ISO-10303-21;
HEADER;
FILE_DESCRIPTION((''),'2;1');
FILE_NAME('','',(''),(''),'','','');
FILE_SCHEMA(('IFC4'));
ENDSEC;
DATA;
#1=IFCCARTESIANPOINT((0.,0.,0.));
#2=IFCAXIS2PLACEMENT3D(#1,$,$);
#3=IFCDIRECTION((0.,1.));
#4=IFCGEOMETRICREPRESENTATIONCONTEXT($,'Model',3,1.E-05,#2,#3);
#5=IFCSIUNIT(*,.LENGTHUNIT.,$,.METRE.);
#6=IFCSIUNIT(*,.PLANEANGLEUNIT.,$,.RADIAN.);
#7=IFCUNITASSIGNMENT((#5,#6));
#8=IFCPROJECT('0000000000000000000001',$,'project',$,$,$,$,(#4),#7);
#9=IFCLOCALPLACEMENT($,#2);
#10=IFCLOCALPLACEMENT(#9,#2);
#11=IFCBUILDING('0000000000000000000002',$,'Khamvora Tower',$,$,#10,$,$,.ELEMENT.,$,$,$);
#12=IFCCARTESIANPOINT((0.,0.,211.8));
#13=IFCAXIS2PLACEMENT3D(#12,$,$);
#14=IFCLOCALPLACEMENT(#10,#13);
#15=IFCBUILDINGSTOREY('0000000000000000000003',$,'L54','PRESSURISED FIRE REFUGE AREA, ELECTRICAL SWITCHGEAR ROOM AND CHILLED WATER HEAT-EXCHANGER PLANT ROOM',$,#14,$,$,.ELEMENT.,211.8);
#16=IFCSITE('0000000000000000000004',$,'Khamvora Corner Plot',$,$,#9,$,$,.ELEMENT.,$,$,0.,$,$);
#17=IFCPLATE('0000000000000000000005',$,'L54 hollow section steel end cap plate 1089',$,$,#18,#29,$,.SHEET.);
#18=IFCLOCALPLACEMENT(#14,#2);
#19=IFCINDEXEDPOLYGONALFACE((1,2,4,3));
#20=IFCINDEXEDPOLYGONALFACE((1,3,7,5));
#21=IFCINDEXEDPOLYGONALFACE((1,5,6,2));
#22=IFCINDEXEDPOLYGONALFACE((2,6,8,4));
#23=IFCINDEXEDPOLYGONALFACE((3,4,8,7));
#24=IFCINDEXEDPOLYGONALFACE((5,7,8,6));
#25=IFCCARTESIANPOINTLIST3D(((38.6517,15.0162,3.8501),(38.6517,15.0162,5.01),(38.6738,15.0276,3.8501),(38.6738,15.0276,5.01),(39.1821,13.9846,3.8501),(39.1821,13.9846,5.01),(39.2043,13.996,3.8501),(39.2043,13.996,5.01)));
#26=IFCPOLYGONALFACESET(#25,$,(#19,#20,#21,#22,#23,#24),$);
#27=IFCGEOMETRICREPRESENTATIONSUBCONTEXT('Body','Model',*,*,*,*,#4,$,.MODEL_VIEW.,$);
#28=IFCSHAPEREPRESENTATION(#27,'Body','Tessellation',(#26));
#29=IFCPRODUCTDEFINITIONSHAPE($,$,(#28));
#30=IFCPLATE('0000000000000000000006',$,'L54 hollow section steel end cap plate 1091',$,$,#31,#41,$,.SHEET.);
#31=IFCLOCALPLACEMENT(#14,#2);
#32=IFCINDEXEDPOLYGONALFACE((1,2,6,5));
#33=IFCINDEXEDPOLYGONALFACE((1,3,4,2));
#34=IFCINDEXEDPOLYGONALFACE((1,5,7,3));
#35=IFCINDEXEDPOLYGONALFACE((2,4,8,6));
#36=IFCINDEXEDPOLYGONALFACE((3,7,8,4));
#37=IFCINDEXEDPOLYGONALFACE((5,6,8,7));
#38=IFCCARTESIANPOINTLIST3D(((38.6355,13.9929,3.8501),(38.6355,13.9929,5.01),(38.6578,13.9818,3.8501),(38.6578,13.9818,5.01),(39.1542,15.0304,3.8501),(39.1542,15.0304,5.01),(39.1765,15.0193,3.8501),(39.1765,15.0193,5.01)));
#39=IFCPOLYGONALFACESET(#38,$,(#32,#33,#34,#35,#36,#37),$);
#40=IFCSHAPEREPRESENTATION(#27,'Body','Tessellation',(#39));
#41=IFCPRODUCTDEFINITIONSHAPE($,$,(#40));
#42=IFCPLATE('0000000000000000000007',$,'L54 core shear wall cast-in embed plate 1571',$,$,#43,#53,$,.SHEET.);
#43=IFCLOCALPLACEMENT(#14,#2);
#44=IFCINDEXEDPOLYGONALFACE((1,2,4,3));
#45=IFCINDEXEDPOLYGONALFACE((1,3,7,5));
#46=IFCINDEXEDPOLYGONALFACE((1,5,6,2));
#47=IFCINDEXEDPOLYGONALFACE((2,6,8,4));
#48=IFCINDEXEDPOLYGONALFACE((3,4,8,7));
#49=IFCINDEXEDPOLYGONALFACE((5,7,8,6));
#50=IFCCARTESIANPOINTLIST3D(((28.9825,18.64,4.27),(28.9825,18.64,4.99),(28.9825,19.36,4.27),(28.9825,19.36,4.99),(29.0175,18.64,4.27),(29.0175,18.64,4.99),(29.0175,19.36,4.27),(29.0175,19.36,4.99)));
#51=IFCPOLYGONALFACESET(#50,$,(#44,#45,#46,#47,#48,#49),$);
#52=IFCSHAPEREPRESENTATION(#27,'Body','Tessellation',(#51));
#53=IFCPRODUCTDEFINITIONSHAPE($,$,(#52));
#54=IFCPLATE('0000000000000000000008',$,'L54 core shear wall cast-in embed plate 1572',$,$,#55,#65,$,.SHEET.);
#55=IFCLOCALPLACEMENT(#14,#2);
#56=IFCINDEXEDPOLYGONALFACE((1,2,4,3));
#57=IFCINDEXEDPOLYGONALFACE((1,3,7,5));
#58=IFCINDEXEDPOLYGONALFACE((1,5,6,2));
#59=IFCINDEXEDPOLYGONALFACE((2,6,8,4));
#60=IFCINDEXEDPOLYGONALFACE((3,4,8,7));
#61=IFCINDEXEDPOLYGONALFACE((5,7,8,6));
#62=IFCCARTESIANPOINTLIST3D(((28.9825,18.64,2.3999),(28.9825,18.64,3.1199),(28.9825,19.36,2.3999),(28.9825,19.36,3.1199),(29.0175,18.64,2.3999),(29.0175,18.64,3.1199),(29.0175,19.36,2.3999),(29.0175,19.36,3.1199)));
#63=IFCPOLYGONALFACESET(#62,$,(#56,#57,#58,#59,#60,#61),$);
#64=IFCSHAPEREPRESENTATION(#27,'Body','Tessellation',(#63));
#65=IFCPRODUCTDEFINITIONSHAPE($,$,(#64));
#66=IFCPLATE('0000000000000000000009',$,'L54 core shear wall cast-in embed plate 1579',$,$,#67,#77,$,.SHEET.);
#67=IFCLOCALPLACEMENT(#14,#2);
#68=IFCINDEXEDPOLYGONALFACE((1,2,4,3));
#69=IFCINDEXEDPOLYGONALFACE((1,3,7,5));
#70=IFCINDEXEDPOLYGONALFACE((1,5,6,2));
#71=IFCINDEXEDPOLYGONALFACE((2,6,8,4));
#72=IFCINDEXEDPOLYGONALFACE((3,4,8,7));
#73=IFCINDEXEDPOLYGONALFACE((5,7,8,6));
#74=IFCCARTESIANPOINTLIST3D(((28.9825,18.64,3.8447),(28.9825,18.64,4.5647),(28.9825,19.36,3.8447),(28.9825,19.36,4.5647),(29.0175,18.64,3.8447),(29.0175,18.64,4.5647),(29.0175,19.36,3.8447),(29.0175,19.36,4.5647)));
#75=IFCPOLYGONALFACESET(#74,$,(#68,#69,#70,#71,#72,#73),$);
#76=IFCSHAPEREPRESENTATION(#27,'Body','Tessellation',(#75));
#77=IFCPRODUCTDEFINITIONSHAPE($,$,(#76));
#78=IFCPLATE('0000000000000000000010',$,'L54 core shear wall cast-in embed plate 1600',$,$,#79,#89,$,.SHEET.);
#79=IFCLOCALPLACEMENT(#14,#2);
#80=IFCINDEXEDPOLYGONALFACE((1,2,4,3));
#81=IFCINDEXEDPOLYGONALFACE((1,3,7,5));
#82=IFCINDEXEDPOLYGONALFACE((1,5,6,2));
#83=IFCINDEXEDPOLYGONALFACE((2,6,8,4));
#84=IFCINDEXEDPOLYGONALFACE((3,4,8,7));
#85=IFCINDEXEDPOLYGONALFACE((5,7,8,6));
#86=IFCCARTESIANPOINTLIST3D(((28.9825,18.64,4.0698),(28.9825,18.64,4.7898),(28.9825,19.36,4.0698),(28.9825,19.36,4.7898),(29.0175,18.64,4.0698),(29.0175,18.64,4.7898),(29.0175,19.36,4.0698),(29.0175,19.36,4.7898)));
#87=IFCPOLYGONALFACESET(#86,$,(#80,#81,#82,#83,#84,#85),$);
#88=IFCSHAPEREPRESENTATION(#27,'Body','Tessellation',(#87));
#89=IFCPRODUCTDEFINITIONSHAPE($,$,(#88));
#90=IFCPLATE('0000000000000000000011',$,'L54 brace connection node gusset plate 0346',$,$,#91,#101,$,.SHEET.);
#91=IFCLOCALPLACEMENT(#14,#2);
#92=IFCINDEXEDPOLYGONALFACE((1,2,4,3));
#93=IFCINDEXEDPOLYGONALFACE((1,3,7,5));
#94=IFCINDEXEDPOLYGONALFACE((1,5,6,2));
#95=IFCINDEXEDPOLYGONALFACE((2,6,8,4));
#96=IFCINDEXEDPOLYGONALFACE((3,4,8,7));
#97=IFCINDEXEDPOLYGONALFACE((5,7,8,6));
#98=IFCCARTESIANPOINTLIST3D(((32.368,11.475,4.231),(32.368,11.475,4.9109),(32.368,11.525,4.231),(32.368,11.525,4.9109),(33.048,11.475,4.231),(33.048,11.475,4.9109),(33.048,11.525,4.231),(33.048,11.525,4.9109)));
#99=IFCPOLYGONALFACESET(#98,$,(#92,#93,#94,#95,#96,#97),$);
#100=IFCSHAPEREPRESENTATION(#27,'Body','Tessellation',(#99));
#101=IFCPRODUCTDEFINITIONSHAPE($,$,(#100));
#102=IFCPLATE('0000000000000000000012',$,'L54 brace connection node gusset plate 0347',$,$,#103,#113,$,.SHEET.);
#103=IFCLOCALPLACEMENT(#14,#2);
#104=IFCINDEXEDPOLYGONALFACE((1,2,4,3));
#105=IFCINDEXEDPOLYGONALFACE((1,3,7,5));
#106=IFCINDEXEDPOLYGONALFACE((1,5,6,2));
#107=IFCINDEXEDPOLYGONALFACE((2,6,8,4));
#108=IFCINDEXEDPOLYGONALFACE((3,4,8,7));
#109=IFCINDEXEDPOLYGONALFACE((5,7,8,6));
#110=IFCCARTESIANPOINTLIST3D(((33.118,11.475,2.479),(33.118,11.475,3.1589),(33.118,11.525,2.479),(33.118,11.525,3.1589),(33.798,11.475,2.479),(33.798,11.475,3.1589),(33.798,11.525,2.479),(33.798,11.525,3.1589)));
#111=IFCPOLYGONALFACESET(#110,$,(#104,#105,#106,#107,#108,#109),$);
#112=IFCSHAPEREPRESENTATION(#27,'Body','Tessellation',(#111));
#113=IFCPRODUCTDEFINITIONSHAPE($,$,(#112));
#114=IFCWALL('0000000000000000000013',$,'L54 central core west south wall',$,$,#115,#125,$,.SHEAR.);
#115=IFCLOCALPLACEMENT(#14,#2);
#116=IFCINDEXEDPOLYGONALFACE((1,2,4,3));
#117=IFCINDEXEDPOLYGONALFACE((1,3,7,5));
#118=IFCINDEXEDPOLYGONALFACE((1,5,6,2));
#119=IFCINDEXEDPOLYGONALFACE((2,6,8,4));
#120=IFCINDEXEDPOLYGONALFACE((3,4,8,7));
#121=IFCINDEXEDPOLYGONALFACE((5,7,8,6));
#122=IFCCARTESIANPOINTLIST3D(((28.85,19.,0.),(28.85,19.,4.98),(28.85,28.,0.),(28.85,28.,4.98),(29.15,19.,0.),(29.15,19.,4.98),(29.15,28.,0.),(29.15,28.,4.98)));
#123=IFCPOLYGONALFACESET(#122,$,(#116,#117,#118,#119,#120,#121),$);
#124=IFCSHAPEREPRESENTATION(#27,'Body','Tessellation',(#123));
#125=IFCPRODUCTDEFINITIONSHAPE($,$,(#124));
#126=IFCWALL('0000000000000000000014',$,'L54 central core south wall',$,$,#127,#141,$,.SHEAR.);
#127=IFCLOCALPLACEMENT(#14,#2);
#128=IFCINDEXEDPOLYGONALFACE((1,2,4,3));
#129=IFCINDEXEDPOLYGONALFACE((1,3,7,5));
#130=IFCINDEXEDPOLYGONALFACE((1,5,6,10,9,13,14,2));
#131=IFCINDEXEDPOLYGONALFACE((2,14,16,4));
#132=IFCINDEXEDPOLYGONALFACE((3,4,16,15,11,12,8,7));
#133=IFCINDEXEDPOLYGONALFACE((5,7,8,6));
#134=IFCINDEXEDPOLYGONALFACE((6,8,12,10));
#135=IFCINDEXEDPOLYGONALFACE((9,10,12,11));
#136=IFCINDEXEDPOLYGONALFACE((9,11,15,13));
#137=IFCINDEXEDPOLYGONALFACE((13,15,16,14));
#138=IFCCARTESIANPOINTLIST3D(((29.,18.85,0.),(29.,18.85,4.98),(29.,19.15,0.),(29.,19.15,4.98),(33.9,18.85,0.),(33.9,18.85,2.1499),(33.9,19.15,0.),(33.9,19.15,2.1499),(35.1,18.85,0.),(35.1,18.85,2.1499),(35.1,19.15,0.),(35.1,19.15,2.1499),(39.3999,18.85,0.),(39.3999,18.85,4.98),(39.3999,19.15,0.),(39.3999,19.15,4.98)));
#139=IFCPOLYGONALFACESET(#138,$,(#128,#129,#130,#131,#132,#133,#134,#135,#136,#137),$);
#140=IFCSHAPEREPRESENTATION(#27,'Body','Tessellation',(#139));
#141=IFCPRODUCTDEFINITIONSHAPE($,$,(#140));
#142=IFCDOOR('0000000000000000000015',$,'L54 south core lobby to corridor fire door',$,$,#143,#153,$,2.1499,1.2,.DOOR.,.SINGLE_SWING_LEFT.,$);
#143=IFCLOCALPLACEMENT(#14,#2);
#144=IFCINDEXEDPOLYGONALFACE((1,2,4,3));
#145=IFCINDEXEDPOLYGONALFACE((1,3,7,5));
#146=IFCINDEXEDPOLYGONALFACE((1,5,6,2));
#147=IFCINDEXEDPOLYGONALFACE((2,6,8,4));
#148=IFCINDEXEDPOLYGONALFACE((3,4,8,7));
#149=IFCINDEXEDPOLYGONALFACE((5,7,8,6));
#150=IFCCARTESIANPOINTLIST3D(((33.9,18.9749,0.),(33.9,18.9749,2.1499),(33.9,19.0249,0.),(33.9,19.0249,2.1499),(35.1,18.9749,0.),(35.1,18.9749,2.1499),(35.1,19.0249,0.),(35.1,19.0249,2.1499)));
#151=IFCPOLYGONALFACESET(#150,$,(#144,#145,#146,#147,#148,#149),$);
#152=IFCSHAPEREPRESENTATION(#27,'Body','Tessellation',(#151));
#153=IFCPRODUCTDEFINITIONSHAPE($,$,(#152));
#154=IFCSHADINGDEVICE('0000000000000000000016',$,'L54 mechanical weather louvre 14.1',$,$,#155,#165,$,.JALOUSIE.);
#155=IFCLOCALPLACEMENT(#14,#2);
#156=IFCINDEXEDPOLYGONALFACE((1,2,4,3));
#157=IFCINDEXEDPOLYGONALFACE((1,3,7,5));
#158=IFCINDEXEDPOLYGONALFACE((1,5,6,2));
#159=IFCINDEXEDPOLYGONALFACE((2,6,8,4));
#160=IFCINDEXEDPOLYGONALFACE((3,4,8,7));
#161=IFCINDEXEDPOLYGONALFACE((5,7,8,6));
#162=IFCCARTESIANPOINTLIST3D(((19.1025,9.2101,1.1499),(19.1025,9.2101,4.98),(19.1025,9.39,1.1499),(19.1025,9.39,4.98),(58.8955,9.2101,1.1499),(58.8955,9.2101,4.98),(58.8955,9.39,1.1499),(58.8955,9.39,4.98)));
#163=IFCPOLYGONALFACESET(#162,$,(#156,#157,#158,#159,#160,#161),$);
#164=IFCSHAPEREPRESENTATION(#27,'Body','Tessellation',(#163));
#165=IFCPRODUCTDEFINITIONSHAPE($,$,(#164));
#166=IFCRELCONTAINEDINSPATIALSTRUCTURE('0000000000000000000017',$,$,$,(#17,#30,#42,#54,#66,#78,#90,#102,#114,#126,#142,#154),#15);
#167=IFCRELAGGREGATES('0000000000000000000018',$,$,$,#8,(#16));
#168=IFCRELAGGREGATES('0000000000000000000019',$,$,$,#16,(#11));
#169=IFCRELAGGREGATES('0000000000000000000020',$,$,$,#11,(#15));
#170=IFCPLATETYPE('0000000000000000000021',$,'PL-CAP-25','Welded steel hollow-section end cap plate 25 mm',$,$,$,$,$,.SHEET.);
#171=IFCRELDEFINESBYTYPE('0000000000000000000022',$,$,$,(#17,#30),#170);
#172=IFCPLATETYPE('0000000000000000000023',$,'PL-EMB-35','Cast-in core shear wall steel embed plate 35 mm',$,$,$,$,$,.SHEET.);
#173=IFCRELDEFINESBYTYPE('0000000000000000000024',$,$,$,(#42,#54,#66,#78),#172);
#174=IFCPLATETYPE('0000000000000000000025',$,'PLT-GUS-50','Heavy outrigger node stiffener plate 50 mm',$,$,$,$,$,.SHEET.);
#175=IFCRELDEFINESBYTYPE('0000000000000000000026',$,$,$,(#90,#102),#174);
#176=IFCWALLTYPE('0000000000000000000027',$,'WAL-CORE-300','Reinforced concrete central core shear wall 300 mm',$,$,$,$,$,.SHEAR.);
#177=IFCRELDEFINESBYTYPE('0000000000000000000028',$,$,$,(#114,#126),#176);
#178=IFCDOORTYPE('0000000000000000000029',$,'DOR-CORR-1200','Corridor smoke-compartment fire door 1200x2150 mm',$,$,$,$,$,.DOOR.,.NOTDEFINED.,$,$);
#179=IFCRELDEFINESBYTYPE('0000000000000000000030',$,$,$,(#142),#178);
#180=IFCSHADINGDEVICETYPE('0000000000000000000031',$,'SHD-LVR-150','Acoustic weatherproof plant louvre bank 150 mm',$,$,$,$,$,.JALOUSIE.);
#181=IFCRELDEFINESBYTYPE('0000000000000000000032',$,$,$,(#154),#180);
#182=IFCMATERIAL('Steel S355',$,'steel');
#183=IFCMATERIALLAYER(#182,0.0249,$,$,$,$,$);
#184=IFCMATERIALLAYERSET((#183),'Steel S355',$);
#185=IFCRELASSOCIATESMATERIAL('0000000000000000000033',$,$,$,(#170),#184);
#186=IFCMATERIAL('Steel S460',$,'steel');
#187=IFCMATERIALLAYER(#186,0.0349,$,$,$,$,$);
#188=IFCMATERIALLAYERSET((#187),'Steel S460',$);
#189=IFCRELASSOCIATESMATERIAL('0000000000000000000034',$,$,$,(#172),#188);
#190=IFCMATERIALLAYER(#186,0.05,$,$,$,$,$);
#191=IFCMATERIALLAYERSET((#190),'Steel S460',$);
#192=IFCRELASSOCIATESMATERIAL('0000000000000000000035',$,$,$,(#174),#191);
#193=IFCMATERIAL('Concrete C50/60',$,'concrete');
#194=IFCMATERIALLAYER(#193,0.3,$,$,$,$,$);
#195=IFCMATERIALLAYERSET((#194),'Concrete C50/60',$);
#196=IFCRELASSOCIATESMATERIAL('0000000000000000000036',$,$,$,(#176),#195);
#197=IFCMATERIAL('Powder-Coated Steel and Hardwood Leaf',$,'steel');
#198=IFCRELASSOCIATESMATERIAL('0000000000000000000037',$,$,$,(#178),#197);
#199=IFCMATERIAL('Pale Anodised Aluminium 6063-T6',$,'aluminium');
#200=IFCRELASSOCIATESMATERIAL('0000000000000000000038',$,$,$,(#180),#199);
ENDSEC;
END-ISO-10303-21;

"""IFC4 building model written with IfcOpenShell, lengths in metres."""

from ifc_helpers import new_model, si_unit, direction, frame, frame_2d, origin, origin_2d, place, context, subcontext, project, spatial, rectangle, extrude, material, layer, layer_set, type_object, element, fill, save


model = new_model("IFC4")

# Units and contexts
model_context = context("Model", 3, precision=1e-05, world=origin(), true_north=direction((0.0, 1.0)))
body_context = subcontext(model_context, "Body", "Model", "MODEL_VIEW")
ifc_project = project(units=[si_unit("LENGTHUNIT", "METRE"), si_unit("PLANEANGLEUNIT", "RADIAN")], contexts=[model_context])

# Site, building, storey
site_placement = place(None, origin())
site = spatial("IfcSite", under=ifc_project, at=site_placement, Name="Khamvora Corner Plot", CompositionType="ELEMENT", RefElevation=0.0)
building_placement = place(site_placement, origin())
building = spatial("IfcBuilding", under=site, at=building_placement, Name="Khamvora Tower", CompositionType="ELEMENT")
storey_placement = place(building_placement, frame((0.0, 0.0, 211.8)))
storey = spatial("IfcBuildingStorey", under=building, at=storey_placement, Name="L54", Description="PRESSURISED FIRE REFUGE AREA, ELECTRICAL SWITCHGEAR ROOM AND CHILLED WATER HEAT-EXCHANGER PLANT ROOM", CompositionType="ELEMENT", Elevation=211.8)

# Shared definitions
ifc_material_1 = material(Name="Steel S355", Category="steel")

# Shared definitions
ifc_material_2 = material(Name="Steel S460", Category="steel")

# Plates
ifc_layer_1 = layer(ifc_material_1, 0.0249)
ifc_layer_set_1 = layer_set([ifc_layer_1], Name="Steel S355")
plate_type_1 = type_object("IfcPlateType", Name="PL-CAP-25", Description="Welded steel hollow-section end cap plate 25 mm", PredefinedType="SHEET", material=ifc_layer_set_1)
for number, where, z_axis, x_axis, name in (
    (1, (38.928, 14.5061, 3.8501), (0.0, 0.0, 1.0), (0.889313, 0.4573, 0.0), "L54 hollow section steel end cap plate 1089"),
    (2, (38.906, 14.5061, 3.8501), (0.0, 0.0, 1.0), (-0.894428, 0.447213, 0.0), "L54 hollow section steel end cap plate 1091"),
):
    element("IfcPlate", number, at=place(storey_placement, frame(where, z_axis=z_axis, x_axis=x_axis)), inside=storey, type_object=plate_type_1, Name=name, PredefinedType="SHEET", context=body_context, shape_type="SweptSolid", body=[
        extrude(rectangle(XDim=0.0249, YDim=1.1599, at=origin_2d()), origin(), (0.0, 0.0, 1.0), 1.1599),
    ])
ifc_layer_2 = layer(ifc_material_2, 0.0349)
ifc_layer_set_2 = layer_set([ifc_layer_2], Name="Steel S460")
plate_type_2 = type_object("IfcPlateType", Name="PL-EMB-35", Description="Cast-in core shear wall steel embed plate 35 mm", PredefinedType="SHEET", material=ifc_layer_set_2)
for number, where, z_axis, x_axis, name in (
    (3, (29.0, 19.0, 4.27), (0.0, 0.0, 1.0), (1.0, 0.0, 0.0), "L54 core shear wall cast-in embed plate 1571"),
    (4, (29.0, 19.0, 2.3999), (0.0, 0.0, 1.0), (1.0, 0.0, 0.0), "L54 core shear wall cast-in embed plate 1572"),
    (5, (29.0, 19.0, 3.8447), (0.0, 0.0, 1.0), (1.0, 0.0, 0.0), "L54 core shear wall cast-in embed plate 1579"),
    (6, (29.0, 19.0, 4.0698), (0.0, 0.0, 1.0), (1.0, 0.0, 0.0), "L54 core shear wall cast-in embed plate 1600"),
):
    element("IfcPlate", number, at=place(storey_placement, frame(where, z_axis=z_axis, x_axis=x_axis)), inside=storey, type_object=plate_type_2, Name=name, PredefinedType="SHEET", context=body_context, shape_type="SweptSolid", body=[
        extrude(rectangle(XDim=0.0349, YDim=0.72, at=origin_2d()), origin(), (0.0, 0.0, 1.0), 0.72),
    ])
ifc_layer_3 = layer(ifc_material_2, 0.05)
ifc_layer_set_3 = layer_set([ifc_layer_3], Name="Steel S460")
plate_type_3 = type_object("IfcPlateType", Name="PLT-GUS-50", Description="Heavy outrigger node stiffener plate 50 mm", PredefinedType="SHEET", material=ifc_layer_set_3)
for number, where, z_axis, x_axis, name in (
    (7, (32.708, 11.5, 4.231), (0.0, 0.0, 1.0), (1.0, 0.0, 0.0), "L54 brace connection node gusset plate 0346"),
    (8, (33.458, 11.5, 2.479), (0.0, 0.0, 1.0), (1.0, 0.0, 0.0), "L54 brace connection node gusset plate 0347"),
):
    element("IfcPlate", number, at=place(storey_placement, frame(where, z_axis=z_axis, x_axis=x_axis)), inside=storey, type_object=plate_type_3, Name=name, PredefinedType="SHEET", context=body_context, shape_type="SweptSolid", body=[
        extrude(rectangle(XDim=0.6799, YDim=0.05, at=origin_2d()), origin(), (0.0, 0.0, 1.0), 0.6799),
    ])

# Wall
ifc_material_3 = material(Name="Concrete C50/60", Category="concrete")
ifc_layer_4 = layer(ifc_material_3, 0.3)
ifc_layer_set_4 = layer_set([ifc_layer_4], Name="Concrete C50/60")
wall_type = type_object("IfcWallType", Name="WAL-CORE-300", Description="Reinforced concrete central core shear wall 300 mm", PredefinedType="SHEAR", material=ifc_layer_set_4)
wall_1_placement = place(storey_placement, frame((29.0, 19.0, 0.0), z_axis=(0.0, 0.0, 1.0), x_axis=(0.0, 1.0, 0.0)))
element("IfcWall", 9, at=wall_1_placement, inside=storey, type_object=wall_type, Name="L54 central core west south wall", PredefinedType="SHEAR", context=body_context, shape_type="SweptSolid", body=[
    extrude(rectangle(XDim=9.0, YDim=0.3, at=frame_2d((4.5, 0.0))), origin(), (0.0, 0.0, 1.0), 4.98),
])

# Wall, opening, door
wall_2_placement = place(storey_placement, frame((29.0, 19.0, 0.0), z_axis=(0.0, 0.0, 1.0), x_axis=(1.0, 0.0, 0.0)))
wall_2 = element("IfcWall", 10, at=wall_2_placement, inside=storey, type_object=wall_type, Name="L54 central core south wall", PredefinedType="SHEAR", context=body_context, shape_type="SweptSolid", body=[
    extrude(rectangle(XDim=10.3999, YDim=0.3, at=frame_2d((5.2, 0.0))), origin(), (0.0, 0.0, 1.0), 4.98),
])
opening_placement = place(wall_2_placement, frame((4.8999, 0.0, 0.0)))
opening = element("IfcOpeningElement", 11, at=opening_placement, cuts=wall_2, PredefinedType="OPENING", context=body_context, shape_type="SweptSolid", body=[
    extrude(rectangle(XDim=1.2, YDim=2.1499, at=frame_2d((0.6001, 1.075))), frame((0.0, 0.1599, 0.0), z_axis=(0.0, -1.0, 0.0), x_axis=(1.0, 0.0, 0.0)), (0.0, 0.0, 1.0), 0.3201),
])
ifc_material_4 = material(Name="Powder-Coated Steel and Hardwood Leaf", Category="steel")
door_type = type_object("IfcDoorType", Name="DOR-CORR-1200", Description="Corridor smoke-compartment fire door 1200x2150 mm", OperationType="NOTDEFINED", PredefinedType="DOOR", material=ifc_material_4)
door_placement = place(opening_placement, origin())
door = element("IfcDoor", 12, at=door_placement, inside=storey, type_object=door_type, Name="L54 south core lobby to corridor fire door", OperationType="SINGLE_SWING_LEFT", OverallHeight=2.1499, OverallWidth=1.2, PredefinedType="DOOR", context=body_context, shape_type="SweptSolid", body=[
    extrude(rectangle(XDim=1.2, YDim=2.1499, at=frame_2d((0.6001, 1.075))), frame((0.0, 0.0249, 0.0), z_axis=(0.0, -1.0, 0.0), x_axis=(1.0, 0.0, 0.0)), (0.0, 0.0, 1.0), 0.05),
])
fill(opening, door)

# Shading device
ifc_material_5 = material(Name="Pale Anodised Aluminium 6063-T6", Category="aluminium")
shading_device_type = type_object("IfcShadingDeviceType", Name="SHD-LVR-150", Description="Acoustic weatherproof plant louvre bank 150 mm", PredefinedType="JALOUSIE", material=ifc_material_5)
shading_device_placement = place(storey_placement, frame((38.999, 9.3, 1.1499), z_axis=(0.0, 0.0, 1.0), x_axis=(-1.0, 0.0, 0.0)))
element("IfcShadingDevice", 13, at=shading_device_placement, inside=storey, type_object=shading_device_type, Name="L54 mechanical weather louvre 14.1", PredefinedType="JALOUSIE", context=body_context, shape_type="SweptSolid", body=[
    extrude(rectangle(XDim=39.793, YDim=0.1799, at=origin_2d()), origin(), (0.0, 0.0, 1.0), 3.8301),
])

save(model, "model.ifc")
